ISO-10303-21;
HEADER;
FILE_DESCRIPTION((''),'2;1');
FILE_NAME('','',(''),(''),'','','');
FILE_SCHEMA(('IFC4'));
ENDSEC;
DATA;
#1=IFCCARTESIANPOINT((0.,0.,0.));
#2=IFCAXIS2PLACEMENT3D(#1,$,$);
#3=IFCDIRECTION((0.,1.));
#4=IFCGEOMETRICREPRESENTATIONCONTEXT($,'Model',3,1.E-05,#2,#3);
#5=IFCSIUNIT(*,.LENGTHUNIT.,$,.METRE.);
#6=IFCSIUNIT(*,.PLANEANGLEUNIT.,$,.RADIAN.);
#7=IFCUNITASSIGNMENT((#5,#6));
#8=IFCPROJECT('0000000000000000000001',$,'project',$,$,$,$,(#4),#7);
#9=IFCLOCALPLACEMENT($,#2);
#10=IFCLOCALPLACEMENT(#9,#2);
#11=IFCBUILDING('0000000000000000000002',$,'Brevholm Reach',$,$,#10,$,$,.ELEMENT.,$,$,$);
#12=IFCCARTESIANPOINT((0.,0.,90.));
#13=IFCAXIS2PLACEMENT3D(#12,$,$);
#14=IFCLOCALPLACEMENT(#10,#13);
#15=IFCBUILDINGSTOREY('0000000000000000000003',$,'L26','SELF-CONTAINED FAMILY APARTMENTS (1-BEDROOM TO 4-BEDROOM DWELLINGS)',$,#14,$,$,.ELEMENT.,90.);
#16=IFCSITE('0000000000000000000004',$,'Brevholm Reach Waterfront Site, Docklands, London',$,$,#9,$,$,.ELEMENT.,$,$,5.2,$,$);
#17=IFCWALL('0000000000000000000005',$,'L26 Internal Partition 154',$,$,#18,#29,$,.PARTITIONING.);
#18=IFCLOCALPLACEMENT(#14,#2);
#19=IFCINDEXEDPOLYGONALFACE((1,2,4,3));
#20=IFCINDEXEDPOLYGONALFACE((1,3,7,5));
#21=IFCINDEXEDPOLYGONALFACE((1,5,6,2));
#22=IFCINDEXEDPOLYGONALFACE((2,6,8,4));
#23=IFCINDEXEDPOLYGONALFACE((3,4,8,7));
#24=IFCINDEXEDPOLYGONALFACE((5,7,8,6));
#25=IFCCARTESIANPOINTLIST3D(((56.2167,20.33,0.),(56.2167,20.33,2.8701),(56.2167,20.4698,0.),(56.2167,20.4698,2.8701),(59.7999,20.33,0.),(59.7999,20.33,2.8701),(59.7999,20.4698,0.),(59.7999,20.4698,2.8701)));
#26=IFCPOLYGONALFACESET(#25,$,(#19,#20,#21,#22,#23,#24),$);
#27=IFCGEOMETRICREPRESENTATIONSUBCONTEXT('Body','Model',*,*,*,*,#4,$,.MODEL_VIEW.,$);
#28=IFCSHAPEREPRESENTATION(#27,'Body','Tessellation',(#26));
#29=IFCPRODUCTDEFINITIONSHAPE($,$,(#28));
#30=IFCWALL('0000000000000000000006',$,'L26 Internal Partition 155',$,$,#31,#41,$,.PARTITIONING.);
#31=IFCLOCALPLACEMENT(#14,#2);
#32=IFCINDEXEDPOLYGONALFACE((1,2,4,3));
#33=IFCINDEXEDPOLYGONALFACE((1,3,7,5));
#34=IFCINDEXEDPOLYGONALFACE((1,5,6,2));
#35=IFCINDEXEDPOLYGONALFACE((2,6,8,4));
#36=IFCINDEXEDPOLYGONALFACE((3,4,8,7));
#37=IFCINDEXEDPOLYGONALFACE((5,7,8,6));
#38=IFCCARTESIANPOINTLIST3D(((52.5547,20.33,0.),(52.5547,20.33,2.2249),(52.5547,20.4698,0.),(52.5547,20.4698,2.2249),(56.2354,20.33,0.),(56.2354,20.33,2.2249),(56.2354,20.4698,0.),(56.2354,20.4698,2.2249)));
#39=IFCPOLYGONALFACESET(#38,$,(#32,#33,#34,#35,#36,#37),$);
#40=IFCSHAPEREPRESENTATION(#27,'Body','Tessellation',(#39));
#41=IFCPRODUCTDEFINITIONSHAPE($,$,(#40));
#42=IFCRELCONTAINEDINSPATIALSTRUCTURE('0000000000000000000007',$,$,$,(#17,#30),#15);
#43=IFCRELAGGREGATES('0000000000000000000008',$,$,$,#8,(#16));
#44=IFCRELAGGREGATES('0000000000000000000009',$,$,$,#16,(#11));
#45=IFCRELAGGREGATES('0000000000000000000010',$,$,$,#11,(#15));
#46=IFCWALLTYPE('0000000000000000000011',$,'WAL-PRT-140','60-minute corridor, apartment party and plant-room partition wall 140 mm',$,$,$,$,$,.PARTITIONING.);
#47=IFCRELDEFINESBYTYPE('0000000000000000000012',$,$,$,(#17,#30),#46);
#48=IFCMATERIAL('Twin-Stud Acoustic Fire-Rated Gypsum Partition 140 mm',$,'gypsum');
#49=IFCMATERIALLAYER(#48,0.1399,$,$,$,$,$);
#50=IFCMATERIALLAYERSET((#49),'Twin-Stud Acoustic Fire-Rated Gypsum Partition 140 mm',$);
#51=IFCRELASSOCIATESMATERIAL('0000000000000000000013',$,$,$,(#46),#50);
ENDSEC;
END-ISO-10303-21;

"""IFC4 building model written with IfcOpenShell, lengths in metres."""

from ifc_helpers import new_model, si_unit, direction, frame, frame_2d, origin, place, context, subcontext, project, spatial, rectangle, extrude, material, layer, layer_set, type_object, element, save


model = new_model("IFC4")

# Units and contexts
model_context = context("Model", 3, precision=1e-05, world=origin(), true_north=direction((0.0, 1.0)))
body_context = subcontext(model_context, "Body", "Model", "MODEL_VIEW")
ifc_project = project(units=[si_unit("LENGTHUNIT", "METRE"), si_unit("PLANEANGLEUNIT", "RADIAN")], contexts=[model_context])

# Site, building, storey
site_placement = place(None, origin())
site = spatial("IfcSite", under=ifc_project, at=site_placement, Name="Brevholm Reach Waterfront Site, Docklands, London", CompositionType="ELEMENT", RefElevation=5.2)
building_placement = place(site_placement, origin())
building = spatial("IfcBuilding", under=site, at=building_placement, Name="Brevholm Reach", CompositionType="ELEMENT")
storey_placement = place(building_placement, frame((0.0, 0.0, 90.0)))
storey = spatial("IfcBuildingStorey", under=building, at=storey_placement, Name="L26", Description="SELF-CONTAINED FAMILY APARTMENTS (1-BEDROOM TO 4-BEDROOM DWELLINGS)", CompositionType="ELEMENT", Elevation=90.0)

# Shared definitions
ifc_material_1 = material(Name="Twin-Stud Acoustic Fire-Rated Gypsum Partition 140 mm", Category="gypsum")
ifc_layer_1 = layer(ifc_material_1, 0.1399)
ifc_layer_set_1 = layer_set([ifc_layer_1], Name="Twin-Stud Acoustic Fire-Rated Gypsum Partition 140 mm")
wall_type_1 = type_object("IfcWallType", Name="WAL-PRT-140", Description="60-minute corridor, apartment party and plant-room partition wall 140 mm", PredefinedType="PARTITIONING", material=ifc_layer_set_1)

# Walls
wall_1_placement = place(storey_placement, frame((56.2168, 20.3999, 0.0), z_axis=(0.0, 0.0, 1.0), x_axis=(1.0, 0.0, 0.0)))
element("IfcWall", 1, at=wall_1_placement, inside=storey, type_object=wall_type_1, Name="L26 Internal Partition 154", PredefinedType="PARTITIONING", context=body_context, shape_type="SweptSolid", body=[
    extrude(rectangle(XDim=3.5833, YDim=0.1399, at=frame_2d((1.7915, 0.0))), origin(), (0.0, 0.0, 1.0), 2.8701),
])
wall_2_placement = place(storey_placement, frame((52.5547, 20.3999, 0.0), z_axis=(0.0, 0.0, 1.0), x_axis=(1.0, 0.0, 0.0)))
element("IfcWall", 2, at=wall_2_placement, inside=storey, type_object=wall_type_1, Name="L26 Internal Partition 155", PredefinedType="PARTITIONING", context=body_context, shape_type="SweptSolid", body=[
    extrude(rectangle(XDim=3.6807, YDim=0.1399, at=frame_2d((1.8403, 0.0))), origin(), (0.0, 0.0, 1.0), 2.2249),
])

save(model, "model.ifc")
